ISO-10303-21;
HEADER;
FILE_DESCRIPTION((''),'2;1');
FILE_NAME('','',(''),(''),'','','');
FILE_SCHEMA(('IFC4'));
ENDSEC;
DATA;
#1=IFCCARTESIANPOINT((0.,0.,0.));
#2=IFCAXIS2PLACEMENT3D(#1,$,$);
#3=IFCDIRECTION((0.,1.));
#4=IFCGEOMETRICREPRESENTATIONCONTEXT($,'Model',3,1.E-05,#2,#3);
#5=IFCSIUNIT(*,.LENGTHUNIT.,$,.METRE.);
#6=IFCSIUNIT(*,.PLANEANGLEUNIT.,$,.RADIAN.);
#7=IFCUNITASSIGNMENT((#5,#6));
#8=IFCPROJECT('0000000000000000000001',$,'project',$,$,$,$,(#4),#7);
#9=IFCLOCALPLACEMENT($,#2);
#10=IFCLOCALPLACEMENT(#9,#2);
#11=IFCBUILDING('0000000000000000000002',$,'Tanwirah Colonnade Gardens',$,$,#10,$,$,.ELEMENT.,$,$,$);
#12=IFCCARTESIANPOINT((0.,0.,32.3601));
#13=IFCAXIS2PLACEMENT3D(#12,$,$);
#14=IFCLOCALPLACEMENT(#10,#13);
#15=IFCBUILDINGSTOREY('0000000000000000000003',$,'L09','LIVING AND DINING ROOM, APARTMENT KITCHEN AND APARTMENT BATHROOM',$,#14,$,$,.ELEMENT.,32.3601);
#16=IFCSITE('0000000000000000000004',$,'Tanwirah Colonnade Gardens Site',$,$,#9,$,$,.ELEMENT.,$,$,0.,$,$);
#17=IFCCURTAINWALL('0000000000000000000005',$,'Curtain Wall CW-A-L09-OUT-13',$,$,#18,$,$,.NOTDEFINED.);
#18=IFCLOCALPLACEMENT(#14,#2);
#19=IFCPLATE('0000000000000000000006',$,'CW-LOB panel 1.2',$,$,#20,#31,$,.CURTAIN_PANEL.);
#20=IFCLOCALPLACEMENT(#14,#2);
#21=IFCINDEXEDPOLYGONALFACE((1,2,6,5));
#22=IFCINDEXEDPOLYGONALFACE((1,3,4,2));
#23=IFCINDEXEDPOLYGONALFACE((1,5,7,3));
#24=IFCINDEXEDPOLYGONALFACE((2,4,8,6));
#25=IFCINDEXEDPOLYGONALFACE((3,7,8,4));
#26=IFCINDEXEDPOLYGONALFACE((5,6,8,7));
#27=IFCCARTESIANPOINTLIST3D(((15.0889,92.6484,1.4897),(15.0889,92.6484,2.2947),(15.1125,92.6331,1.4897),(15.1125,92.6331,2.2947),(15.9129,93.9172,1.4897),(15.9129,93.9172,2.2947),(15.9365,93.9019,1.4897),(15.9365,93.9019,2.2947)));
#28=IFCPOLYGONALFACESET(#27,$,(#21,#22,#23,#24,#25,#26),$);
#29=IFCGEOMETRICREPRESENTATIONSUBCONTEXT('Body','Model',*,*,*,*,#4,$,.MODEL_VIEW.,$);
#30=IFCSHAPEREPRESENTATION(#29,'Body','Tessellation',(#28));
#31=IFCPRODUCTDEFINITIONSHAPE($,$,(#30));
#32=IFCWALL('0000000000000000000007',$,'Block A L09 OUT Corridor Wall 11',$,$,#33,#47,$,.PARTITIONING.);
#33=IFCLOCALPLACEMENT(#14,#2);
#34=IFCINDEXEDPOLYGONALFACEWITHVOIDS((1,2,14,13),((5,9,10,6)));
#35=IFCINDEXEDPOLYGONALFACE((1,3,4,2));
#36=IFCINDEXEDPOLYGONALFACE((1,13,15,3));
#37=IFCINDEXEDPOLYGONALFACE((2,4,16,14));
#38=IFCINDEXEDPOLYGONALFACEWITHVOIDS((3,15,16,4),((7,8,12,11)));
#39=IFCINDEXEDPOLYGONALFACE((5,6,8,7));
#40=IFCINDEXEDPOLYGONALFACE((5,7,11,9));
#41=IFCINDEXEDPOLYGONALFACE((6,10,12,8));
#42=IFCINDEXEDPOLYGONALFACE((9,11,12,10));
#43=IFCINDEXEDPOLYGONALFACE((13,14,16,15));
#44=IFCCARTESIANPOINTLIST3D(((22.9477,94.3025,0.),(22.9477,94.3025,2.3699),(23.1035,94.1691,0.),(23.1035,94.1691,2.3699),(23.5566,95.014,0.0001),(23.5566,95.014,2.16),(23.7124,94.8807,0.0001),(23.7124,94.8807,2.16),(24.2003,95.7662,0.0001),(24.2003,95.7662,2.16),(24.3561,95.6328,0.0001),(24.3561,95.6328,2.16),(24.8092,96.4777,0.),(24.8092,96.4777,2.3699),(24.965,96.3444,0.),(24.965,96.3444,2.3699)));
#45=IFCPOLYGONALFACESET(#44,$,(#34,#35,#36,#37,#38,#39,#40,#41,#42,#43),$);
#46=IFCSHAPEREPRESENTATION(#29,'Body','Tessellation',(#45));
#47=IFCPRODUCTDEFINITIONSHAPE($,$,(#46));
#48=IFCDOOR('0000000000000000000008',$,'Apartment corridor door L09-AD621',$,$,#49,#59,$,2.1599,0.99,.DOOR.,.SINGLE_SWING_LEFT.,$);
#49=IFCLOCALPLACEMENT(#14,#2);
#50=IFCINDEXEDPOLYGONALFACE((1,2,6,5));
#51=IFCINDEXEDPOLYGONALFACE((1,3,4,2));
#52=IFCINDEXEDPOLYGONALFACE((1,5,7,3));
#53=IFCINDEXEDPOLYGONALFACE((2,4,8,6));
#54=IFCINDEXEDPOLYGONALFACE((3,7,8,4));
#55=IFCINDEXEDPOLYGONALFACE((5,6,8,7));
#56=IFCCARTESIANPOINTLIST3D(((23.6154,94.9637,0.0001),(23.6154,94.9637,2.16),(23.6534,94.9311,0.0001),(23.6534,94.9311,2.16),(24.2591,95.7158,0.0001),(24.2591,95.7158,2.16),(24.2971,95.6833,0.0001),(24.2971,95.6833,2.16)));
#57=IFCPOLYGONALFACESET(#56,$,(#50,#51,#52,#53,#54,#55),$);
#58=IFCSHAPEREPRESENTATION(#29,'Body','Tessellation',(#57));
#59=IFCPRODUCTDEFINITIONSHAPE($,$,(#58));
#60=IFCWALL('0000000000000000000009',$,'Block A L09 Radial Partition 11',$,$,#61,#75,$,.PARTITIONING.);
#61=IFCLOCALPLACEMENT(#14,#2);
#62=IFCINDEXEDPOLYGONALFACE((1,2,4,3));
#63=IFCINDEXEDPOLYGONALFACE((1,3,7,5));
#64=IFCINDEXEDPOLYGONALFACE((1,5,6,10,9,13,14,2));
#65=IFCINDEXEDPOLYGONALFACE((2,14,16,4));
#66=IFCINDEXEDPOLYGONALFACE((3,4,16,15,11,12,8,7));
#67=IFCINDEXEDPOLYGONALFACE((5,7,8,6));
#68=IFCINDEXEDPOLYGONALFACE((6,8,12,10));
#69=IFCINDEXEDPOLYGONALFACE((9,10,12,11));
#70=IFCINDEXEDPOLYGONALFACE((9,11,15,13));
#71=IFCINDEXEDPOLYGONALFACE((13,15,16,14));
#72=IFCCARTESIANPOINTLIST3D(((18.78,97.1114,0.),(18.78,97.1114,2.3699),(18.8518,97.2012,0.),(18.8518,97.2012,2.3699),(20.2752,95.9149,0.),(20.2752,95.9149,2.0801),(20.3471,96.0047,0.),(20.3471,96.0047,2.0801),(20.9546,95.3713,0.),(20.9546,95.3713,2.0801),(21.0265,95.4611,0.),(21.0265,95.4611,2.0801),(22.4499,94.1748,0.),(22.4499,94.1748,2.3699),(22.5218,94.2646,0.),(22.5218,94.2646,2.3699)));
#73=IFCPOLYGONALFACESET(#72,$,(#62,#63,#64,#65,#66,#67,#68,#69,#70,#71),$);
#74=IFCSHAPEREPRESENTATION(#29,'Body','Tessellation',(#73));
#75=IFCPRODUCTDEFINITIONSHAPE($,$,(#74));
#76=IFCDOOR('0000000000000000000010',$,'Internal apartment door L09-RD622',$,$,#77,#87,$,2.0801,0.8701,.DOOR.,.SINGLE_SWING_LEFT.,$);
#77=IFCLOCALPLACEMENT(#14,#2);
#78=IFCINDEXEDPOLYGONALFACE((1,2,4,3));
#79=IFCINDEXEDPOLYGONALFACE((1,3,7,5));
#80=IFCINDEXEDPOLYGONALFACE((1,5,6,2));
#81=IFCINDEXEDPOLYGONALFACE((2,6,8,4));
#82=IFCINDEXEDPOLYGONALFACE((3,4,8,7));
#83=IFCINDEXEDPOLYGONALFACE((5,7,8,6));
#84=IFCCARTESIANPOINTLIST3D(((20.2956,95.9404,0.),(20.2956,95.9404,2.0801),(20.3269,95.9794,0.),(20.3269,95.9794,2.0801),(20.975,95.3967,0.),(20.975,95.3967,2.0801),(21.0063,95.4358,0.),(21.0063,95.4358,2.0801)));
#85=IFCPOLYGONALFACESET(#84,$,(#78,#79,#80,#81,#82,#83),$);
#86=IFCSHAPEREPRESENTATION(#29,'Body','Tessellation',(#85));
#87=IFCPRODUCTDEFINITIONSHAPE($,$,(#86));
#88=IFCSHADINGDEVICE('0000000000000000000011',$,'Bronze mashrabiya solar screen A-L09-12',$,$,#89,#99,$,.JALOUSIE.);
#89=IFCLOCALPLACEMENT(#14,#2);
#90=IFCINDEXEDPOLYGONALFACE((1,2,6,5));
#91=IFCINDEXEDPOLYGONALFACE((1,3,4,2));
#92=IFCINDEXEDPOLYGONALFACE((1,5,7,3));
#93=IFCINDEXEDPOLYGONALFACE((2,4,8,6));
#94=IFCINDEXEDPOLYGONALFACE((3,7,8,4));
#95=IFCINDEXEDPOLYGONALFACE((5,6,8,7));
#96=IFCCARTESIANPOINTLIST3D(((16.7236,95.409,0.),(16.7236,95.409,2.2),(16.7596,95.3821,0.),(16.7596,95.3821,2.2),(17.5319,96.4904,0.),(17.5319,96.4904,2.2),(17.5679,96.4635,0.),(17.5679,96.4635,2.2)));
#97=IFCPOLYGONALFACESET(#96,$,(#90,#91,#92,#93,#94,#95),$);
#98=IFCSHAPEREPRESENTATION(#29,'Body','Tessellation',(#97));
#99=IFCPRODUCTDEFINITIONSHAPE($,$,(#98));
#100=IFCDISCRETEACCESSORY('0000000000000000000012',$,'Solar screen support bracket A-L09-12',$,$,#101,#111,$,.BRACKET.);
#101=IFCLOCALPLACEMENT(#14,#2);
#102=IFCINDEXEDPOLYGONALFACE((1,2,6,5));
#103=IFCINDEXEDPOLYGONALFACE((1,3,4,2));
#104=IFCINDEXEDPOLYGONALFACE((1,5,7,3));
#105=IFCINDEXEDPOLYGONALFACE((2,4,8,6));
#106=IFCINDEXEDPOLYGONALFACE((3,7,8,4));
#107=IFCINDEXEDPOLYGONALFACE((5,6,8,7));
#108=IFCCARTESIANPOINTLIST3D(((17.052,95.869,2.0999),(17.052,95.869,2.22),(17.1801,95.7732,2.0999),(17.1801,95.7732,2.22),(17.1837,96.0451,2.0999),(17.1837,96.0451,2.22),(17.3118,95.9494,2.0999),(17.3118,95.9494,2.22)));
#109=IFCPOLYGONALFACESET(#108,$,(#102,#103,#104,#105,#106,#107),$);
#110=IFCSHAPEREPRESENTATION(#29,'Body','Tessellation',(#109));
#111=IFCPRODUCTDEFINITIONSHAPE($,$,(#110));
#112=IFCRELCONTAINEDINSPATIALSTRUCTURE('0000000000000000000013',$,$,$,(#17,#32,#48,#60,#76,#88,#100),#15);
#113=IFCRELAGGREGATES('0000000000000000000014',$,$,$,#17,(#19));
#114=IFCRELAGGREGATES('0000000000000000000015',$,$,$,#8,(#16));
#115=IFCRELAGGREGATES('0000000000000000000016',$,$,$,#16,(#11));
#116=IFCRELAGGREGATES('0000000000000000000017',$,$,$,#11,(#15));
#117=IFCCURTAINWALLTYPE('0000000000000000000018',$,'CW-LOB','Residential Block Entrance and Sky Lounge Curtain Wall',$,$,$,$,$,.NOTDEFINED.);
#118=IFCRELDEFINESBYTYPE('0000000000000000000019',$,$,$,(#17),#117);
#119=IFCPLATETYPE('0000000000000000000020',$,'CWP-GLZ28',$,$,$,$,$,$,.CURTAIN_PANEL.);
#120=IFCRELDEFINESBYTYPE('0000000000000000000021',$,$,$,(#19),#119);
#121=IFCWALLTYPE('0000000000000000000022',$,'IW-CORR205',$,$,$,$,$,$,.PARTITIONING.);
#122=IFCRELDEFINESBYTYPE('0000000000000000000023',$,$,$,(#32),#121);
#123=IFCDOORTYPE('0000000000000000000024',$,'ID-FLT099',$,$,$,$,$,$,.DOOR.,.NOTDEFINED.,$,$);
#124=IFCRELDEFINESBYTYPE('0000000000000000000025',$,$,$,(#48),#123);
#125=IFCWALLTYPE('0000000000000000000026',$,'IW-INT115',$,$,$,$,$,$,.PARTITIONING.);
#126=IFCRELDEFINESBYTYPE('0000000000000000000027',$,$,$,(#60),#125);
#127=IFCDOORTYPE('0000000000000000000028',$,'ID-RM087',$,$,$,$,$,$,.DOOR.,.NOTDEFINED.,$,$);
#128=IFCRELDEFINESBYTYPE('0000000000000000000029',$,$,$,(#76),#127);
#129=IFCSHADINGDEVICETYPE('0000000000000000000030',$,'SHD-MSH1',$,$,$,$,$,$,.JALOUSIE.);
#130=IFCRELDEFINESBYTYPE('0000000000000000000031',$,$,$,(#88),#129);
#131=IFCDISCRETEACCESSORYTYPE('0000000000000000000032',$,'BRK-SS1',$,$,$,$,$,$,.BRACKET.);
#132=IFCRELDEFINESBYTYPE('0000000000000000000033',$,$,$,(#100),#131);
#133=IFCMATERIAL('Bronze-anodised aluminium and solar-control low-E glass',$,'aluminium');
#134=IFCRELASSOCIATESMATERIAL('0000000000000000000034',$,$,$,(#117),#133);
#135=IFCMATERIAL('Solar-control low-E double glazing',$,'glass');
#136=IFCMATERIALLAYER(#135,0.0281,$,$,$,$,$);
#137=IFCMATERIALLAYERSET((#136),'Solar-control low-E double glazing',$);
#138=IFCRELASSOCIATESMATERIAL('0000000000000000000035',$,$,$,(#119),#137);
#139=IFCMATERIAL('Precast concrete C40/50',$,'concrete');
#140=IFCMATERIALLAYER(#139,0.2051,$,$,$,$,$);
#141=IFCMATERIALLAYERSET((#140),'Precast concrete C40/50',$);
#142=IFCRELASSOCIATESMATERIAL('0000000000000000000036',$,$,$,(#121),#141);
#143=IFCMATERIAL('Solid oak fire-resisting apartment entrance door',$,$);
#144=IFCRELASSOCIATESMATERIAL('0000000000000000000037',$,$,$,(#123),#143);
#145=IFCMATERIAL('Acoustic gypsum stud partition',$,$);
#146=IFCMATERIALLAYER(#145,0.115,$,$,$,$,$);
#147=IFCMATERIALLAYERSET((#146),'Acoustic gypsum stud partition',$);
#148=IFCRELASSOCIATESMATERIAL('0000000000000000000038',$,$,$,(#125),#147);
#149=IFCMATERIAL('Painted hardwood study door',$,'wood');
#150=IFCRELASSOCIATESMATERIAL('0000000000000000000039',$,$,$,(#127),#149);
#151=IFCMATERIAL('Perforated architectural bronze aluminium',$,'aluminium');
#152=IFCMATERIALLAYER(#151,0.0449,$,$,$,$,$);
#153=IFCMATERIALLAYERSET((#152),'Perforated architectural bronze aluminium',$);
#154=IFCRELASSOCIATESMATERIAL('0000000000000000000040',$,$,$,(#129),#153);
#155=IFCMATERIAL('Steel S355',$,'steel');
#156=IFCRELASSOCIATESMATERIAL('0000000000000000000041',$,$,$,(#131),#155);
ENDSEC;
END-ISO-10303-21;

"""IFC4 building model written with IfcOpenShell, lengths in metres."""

from ifc_helpers import new_model, si_unit, direction, frame, frame_2d, origin, origin_2d, place, context, subcontext, project, spatial, rectangle, extrude, material, layer, layer_set, type_object, element, fill, aggregate, save


model = new_model("IFC4")

# Units and contexts
model_context = context("Model", 3, precision=1e-05, world=origin(), true_north=direction((0.0, 1.0)))
body_context = subcontext(model_context, "Body", "Model", "MODEL_VIEW")
ifc_project = project(units=[si_unit("LENGTHUNIT", "METRE"), si_unit("PLANEANGLEUNIT", "RADIAN")], contexts=[model_context])

# Site, building, storey
site_placement = place(None, origin())
site = spatial("IfcSite", under=ifc_project, at=site_placement, Name="Tanwirah Colonnade Gardens Site", CompositionType="ELEMENT", RefElevation=0.0)
building_placement = place(site_placement, origin())
building = spatial("IfcBuilding", under=site, at=building_placement, Name="Tanwirah Colonnade Gardens", CompositionType="ELEMENT")
storey_placement = place(building_placement, frame((0.0, 0.0, 32.3601)))
storey = spatial("IfcBuildingStorey", under=building, at=storey_placement, Name="L09", Description="LIVING AND DINING ROOM, APARTMENT KITCHEN AND APARTMENT BATHROOM", CompositionType="ELEMENT", Elevation=32.3601)

# Shared definitions
ifc_material_1 = material(Name="Precast concrete C40/50", Category="concrete")

# Curtain wall
ifc_material_2 = material(Name="Bronze-anodised aluminium and solar-control low-E glass", Category="aluminium")
curtain_wall_type = type_object("IfcCurtainWallType", Name="CW-LOB", Description="Residential Block Entrance and Sky Lounge Curtain Wall", PredefinedType="NOTDEFINED", material=ifc_material_2)
curtain_wall_placement = place(storey_placement, origin())
curtain_wall = element("IfcCurtainWall", 1, at=curtain_wall_placement, inside=storey, type_object=curtain_wall_type, Name="Curtain Wall CW-A-L09-OUT-13", PredefinedType="NOTDEFINED")

# Plate
ifc_material_3 = material(Name="Solar-control low-E double glazing", Category="glass")
ifc_layer_1 = layer(ifc_material_3, 0.0281)
ifc_layer_set_1 = layer_set([ifc_layer_1], Name="Solar-control low-E double glazing")
plate_type = type_object("IfcPlateType", Name="CWP-GLZ28", PredefinedType="CURTAIN_PANEL", material=ifc_layer_set_1)
plate_1_placement = place(storey_placement, frame((15.5127, 93.2751, 1.4897), z_axis=(0.0, 0.0, 1.0), x_axis=(-0.54464, -0.83867, 0.0)))
plate_1 = element("IfcPlate", 2, at=plate_1_placement, type_object=plate_type, Name="CW-LOB panel 1.2", PredefinedType="CURTAIN_PANEL", context=body_context, shape_type="SweptSolid", body=[
    extrude(rectangle(XDim=1.5129, YDim=0.0281, at=origin_2d()), origin(), (0.0, 0.0, 1.0), 0.8049),
])
aggregate(curtain_wall, [plate_1])

# Walls, openings, doors
ifc_layer_2 = layer(ifc_material_1, 0.2051)
ifc_layer_set_2 = layer_set([ifc_layer_2], Name="Precast concrete C40/50")
wall_type_1 = type_object("IfcWallType", Name="IW-CORR205", PredefinedType="PARTITIONING", material=ifc_layer_set_2)
wall_1_placement = place(storey_placement, frame((24.8872, 96.4111, 0.0), z_axis=(0.0, 0.0, 1.0), x_axis=(-0.650194, -0.759768, 0.0)))
wall_1 = element("IfcWall", 3, at=wall_1_placement, inside=storey, type_object=wall_type_1, Name="Block A L09 OUT Corridor Wall 11", PredefinedType="PARTITIONING", context=body_context, shape_type="SweptSolid", body=[
    extrude(rectangle(XDim=2.863, YDim=0.2051, at=frame_2d((1.4316, 0.0))), origin(), (0.0, 0.0, 1.0), 2.3699),
])
opening_1_placement = place(wall_1_placement, frame((0.9365, 0.0, 0.0)))
opening_1 = element("IfcOpeningElement", 4, at=opening_1_placement, cuts=wall_1, PredefinedType="OPENING", context=body_context, shape_type="SweptSolid", body=[
    extrude(rectangle(XDim=0.99, YDim=2.1599, at=frame_2d((0.4951, 1.0801))), frame((0.0, 0.1125, 0.0), z_axis=(0.0, -1.0, 0.0), x_axis=(1.0, 0.0, 0.0)), (0.0, 0.0, 1.0), 0.2251),
])
ifc_material_4 = material(Name="Solid oak fire-resisting apartment entrance door")
door_type_1 = type_object("IfcDoorType", Name="ID-FLT099", OperationType="NOTDEFINED", PredefinedType="DOOR", material=ifc_material_4)
door_1_placement = place(opening_1_placement, origin())
door_1 = element("IfcDoor", 5, at=door_1_placement, inside=storey, type_object=door_type_1, Name="Apartment corridor door L09-AD621", OperationType="SINGLE_SWING_LEFT", OverallHeight=2.1599, OverallWidth=0.99, PredefinedType="DOOR", context=body_context, shape_type="SweptSolid", body=[
    extrude(rectangle(XDim=0.99, YDim=2.1599, at=frame_2d((0.4951, 1.0801))), frame((0.0, 0.0249, 0.0), z_axis=(0.0, -1.0, 0.0), x_axis=(1.0, 0.0, 0.0)), (0.0, 0.0, 1.0), 0.05),
])
fill(opening_1, door_1)
ifc_material_5 = material(Name="Acoustic gypsum stud partition")
ifc_layer_3 = layer(ifc_material_5, 0.115)
ifc_layer_set_3 = layer_set([ifc_layer_3], Name="Acoustic gypsum stud partition")
wall_type_2 = type_object("IfcWallType", Name="IW-INT115", PredefinedType="PARTITIONING", material=ifc_layer_set_3)
wall_2_placement = place(storey_placement, frame((22.4858, 94.2197, 0.0), z_axis=(0.0, 0.0, 1.0), x_axis=(-0.780808, 0.624771, 0.0)))
wall_2 = element("IfcWall", 6, at=wall_2_placement, inside=storey, type_object=wall_type_2, Name="Block A L09 Radial Partition 11", PredefinedType="PARTITIONING", context=body_context, shape_type="SweptSolid", body=[
    extrude(rectangle(XDim=4.7002, YDim=0.115, at=frame_2d((2.3501, 0.0))), origin(), (0.0, 0.0, 1.0), 2.3699),
])
opening_2_placement = place(wall_2_placement, frame((1.915, 0.0, 0.0)))
opening_2 = element("IfcOpeningElement", 7, at=opening_2_placement, cuts=wall_2, PredefinedType="OPENING", context=body_context, shape_type="SweptSolid", body=[
    extrude(rectangle(XDim=0.8701, YDim=2.0801, at=frame_2d((0.4351, 1.04))), frame((0.0, 0.0674, 0.0), z_axis=(0.0, -1.0, 0.0), x_axis=(1.0, 0.0, 0.0)), (0.0, 0.0, 1.0), 0.135),
])
ifc_material_6 = material(Name="Painted hardwood study door", Category="wood")
door_type_2 = type_object("IfcDoorType", Name="ID-RM087", OperationType="NOTDEFINED", PredefinedType="DOOR", material=ifc_material_6)
door_2_placement = place(opening_2_placement, origin())
door_2 = element("IfcDoor", 8, at=door_2_placement, inside=storey, type_object=door_type_2, Name="Internal apartment door L09-RD622", OperationType="SINGLE_SWING_LEFT", OverallHeight=2.0801, OverallWidth=0.8701, PredefinedType="DOOR", context=body_context, shape_type="SweptSolid", body=[
    extrude(rectangle(XDim=0.8701, YDim=2.0801, at=frame_2d((0.4351, 1.04))), frame((0.0, 0.0249, 0.0), z_axis=(0.0, -1.0, 0.0), x_axis=(1.0, 0.0, 0.0)), (0.0, 0.0, 1.0), 0.05),
])
fill(opening_2, door_2)

# Shading device
ifc_material_7 = material(Name="Perforated architectural bronze aluminium", Category="aluminium")
ifc_layer_4 = layer(ifc_material_7, 0.0449)
ifc_layer_set_4 = layer_set([ifc_layer_4], Name="Perforated architectural bronze aluminium")
shading_device_type = type_object("IfcShadingDeviceType", Name="SHD-MSH1", PredefinedType="JALOUSIE", material=ifc_layer_set_4)
shading_device_placement = place(storey_placement, frame((17.1458, 95.9363, 0.0), z_axis=(0.0, 0.0, 1.0), x_axis=(-0.598713, -0.800964, 0.0)))
element("IfcShadingDevice", 9, at=shading_device_placement, inside=storey, type_object=shading_device_type, Name="Bronze mashrabiya solar screen A-L09-12", PredefinedType="JALOUSIE", context=body_context, shape_type="SweptSolid", body=[
    extrude(rectangle(XDim=1.3501, YDim=0.0449, at=origin_2d()), origin(), (0.0, 0.0, 1.0), 2.2),
])

# Discrete accessory
ifc_material_8 = material(Name="Steel S355", Category="steel")
discrete_accessory_type = type_object("IfcDiscreteAccessoryType", Name="BRK-SS1", PredefinedType="BRACKET", material=ifc_material_8)
discrete_accessory_placement = place(storey_placement, frame((17.1819, 95.9092, 2.0999), z_axis=(0.0, 0.0, 1.0), x_axis=(-0.598713, -0.800964, 0.0)))
element("IfcDiscreteAccessory", 10, at=discrete_accessory_placement, inside=storey, type_object=discrete_accessory_type, Name="Solar screen support bracket A-L09-12", PredefinedType="BRACKET", context=body_context, shape_type="SweptSolid", body=[
    extrude(rectangle(XDim=0.22, YDim=0.1599, at=origin_2d()), origin(), (0.0, 0.0, 1.0), 0.1201),
])

save(model, "model.ifc")
